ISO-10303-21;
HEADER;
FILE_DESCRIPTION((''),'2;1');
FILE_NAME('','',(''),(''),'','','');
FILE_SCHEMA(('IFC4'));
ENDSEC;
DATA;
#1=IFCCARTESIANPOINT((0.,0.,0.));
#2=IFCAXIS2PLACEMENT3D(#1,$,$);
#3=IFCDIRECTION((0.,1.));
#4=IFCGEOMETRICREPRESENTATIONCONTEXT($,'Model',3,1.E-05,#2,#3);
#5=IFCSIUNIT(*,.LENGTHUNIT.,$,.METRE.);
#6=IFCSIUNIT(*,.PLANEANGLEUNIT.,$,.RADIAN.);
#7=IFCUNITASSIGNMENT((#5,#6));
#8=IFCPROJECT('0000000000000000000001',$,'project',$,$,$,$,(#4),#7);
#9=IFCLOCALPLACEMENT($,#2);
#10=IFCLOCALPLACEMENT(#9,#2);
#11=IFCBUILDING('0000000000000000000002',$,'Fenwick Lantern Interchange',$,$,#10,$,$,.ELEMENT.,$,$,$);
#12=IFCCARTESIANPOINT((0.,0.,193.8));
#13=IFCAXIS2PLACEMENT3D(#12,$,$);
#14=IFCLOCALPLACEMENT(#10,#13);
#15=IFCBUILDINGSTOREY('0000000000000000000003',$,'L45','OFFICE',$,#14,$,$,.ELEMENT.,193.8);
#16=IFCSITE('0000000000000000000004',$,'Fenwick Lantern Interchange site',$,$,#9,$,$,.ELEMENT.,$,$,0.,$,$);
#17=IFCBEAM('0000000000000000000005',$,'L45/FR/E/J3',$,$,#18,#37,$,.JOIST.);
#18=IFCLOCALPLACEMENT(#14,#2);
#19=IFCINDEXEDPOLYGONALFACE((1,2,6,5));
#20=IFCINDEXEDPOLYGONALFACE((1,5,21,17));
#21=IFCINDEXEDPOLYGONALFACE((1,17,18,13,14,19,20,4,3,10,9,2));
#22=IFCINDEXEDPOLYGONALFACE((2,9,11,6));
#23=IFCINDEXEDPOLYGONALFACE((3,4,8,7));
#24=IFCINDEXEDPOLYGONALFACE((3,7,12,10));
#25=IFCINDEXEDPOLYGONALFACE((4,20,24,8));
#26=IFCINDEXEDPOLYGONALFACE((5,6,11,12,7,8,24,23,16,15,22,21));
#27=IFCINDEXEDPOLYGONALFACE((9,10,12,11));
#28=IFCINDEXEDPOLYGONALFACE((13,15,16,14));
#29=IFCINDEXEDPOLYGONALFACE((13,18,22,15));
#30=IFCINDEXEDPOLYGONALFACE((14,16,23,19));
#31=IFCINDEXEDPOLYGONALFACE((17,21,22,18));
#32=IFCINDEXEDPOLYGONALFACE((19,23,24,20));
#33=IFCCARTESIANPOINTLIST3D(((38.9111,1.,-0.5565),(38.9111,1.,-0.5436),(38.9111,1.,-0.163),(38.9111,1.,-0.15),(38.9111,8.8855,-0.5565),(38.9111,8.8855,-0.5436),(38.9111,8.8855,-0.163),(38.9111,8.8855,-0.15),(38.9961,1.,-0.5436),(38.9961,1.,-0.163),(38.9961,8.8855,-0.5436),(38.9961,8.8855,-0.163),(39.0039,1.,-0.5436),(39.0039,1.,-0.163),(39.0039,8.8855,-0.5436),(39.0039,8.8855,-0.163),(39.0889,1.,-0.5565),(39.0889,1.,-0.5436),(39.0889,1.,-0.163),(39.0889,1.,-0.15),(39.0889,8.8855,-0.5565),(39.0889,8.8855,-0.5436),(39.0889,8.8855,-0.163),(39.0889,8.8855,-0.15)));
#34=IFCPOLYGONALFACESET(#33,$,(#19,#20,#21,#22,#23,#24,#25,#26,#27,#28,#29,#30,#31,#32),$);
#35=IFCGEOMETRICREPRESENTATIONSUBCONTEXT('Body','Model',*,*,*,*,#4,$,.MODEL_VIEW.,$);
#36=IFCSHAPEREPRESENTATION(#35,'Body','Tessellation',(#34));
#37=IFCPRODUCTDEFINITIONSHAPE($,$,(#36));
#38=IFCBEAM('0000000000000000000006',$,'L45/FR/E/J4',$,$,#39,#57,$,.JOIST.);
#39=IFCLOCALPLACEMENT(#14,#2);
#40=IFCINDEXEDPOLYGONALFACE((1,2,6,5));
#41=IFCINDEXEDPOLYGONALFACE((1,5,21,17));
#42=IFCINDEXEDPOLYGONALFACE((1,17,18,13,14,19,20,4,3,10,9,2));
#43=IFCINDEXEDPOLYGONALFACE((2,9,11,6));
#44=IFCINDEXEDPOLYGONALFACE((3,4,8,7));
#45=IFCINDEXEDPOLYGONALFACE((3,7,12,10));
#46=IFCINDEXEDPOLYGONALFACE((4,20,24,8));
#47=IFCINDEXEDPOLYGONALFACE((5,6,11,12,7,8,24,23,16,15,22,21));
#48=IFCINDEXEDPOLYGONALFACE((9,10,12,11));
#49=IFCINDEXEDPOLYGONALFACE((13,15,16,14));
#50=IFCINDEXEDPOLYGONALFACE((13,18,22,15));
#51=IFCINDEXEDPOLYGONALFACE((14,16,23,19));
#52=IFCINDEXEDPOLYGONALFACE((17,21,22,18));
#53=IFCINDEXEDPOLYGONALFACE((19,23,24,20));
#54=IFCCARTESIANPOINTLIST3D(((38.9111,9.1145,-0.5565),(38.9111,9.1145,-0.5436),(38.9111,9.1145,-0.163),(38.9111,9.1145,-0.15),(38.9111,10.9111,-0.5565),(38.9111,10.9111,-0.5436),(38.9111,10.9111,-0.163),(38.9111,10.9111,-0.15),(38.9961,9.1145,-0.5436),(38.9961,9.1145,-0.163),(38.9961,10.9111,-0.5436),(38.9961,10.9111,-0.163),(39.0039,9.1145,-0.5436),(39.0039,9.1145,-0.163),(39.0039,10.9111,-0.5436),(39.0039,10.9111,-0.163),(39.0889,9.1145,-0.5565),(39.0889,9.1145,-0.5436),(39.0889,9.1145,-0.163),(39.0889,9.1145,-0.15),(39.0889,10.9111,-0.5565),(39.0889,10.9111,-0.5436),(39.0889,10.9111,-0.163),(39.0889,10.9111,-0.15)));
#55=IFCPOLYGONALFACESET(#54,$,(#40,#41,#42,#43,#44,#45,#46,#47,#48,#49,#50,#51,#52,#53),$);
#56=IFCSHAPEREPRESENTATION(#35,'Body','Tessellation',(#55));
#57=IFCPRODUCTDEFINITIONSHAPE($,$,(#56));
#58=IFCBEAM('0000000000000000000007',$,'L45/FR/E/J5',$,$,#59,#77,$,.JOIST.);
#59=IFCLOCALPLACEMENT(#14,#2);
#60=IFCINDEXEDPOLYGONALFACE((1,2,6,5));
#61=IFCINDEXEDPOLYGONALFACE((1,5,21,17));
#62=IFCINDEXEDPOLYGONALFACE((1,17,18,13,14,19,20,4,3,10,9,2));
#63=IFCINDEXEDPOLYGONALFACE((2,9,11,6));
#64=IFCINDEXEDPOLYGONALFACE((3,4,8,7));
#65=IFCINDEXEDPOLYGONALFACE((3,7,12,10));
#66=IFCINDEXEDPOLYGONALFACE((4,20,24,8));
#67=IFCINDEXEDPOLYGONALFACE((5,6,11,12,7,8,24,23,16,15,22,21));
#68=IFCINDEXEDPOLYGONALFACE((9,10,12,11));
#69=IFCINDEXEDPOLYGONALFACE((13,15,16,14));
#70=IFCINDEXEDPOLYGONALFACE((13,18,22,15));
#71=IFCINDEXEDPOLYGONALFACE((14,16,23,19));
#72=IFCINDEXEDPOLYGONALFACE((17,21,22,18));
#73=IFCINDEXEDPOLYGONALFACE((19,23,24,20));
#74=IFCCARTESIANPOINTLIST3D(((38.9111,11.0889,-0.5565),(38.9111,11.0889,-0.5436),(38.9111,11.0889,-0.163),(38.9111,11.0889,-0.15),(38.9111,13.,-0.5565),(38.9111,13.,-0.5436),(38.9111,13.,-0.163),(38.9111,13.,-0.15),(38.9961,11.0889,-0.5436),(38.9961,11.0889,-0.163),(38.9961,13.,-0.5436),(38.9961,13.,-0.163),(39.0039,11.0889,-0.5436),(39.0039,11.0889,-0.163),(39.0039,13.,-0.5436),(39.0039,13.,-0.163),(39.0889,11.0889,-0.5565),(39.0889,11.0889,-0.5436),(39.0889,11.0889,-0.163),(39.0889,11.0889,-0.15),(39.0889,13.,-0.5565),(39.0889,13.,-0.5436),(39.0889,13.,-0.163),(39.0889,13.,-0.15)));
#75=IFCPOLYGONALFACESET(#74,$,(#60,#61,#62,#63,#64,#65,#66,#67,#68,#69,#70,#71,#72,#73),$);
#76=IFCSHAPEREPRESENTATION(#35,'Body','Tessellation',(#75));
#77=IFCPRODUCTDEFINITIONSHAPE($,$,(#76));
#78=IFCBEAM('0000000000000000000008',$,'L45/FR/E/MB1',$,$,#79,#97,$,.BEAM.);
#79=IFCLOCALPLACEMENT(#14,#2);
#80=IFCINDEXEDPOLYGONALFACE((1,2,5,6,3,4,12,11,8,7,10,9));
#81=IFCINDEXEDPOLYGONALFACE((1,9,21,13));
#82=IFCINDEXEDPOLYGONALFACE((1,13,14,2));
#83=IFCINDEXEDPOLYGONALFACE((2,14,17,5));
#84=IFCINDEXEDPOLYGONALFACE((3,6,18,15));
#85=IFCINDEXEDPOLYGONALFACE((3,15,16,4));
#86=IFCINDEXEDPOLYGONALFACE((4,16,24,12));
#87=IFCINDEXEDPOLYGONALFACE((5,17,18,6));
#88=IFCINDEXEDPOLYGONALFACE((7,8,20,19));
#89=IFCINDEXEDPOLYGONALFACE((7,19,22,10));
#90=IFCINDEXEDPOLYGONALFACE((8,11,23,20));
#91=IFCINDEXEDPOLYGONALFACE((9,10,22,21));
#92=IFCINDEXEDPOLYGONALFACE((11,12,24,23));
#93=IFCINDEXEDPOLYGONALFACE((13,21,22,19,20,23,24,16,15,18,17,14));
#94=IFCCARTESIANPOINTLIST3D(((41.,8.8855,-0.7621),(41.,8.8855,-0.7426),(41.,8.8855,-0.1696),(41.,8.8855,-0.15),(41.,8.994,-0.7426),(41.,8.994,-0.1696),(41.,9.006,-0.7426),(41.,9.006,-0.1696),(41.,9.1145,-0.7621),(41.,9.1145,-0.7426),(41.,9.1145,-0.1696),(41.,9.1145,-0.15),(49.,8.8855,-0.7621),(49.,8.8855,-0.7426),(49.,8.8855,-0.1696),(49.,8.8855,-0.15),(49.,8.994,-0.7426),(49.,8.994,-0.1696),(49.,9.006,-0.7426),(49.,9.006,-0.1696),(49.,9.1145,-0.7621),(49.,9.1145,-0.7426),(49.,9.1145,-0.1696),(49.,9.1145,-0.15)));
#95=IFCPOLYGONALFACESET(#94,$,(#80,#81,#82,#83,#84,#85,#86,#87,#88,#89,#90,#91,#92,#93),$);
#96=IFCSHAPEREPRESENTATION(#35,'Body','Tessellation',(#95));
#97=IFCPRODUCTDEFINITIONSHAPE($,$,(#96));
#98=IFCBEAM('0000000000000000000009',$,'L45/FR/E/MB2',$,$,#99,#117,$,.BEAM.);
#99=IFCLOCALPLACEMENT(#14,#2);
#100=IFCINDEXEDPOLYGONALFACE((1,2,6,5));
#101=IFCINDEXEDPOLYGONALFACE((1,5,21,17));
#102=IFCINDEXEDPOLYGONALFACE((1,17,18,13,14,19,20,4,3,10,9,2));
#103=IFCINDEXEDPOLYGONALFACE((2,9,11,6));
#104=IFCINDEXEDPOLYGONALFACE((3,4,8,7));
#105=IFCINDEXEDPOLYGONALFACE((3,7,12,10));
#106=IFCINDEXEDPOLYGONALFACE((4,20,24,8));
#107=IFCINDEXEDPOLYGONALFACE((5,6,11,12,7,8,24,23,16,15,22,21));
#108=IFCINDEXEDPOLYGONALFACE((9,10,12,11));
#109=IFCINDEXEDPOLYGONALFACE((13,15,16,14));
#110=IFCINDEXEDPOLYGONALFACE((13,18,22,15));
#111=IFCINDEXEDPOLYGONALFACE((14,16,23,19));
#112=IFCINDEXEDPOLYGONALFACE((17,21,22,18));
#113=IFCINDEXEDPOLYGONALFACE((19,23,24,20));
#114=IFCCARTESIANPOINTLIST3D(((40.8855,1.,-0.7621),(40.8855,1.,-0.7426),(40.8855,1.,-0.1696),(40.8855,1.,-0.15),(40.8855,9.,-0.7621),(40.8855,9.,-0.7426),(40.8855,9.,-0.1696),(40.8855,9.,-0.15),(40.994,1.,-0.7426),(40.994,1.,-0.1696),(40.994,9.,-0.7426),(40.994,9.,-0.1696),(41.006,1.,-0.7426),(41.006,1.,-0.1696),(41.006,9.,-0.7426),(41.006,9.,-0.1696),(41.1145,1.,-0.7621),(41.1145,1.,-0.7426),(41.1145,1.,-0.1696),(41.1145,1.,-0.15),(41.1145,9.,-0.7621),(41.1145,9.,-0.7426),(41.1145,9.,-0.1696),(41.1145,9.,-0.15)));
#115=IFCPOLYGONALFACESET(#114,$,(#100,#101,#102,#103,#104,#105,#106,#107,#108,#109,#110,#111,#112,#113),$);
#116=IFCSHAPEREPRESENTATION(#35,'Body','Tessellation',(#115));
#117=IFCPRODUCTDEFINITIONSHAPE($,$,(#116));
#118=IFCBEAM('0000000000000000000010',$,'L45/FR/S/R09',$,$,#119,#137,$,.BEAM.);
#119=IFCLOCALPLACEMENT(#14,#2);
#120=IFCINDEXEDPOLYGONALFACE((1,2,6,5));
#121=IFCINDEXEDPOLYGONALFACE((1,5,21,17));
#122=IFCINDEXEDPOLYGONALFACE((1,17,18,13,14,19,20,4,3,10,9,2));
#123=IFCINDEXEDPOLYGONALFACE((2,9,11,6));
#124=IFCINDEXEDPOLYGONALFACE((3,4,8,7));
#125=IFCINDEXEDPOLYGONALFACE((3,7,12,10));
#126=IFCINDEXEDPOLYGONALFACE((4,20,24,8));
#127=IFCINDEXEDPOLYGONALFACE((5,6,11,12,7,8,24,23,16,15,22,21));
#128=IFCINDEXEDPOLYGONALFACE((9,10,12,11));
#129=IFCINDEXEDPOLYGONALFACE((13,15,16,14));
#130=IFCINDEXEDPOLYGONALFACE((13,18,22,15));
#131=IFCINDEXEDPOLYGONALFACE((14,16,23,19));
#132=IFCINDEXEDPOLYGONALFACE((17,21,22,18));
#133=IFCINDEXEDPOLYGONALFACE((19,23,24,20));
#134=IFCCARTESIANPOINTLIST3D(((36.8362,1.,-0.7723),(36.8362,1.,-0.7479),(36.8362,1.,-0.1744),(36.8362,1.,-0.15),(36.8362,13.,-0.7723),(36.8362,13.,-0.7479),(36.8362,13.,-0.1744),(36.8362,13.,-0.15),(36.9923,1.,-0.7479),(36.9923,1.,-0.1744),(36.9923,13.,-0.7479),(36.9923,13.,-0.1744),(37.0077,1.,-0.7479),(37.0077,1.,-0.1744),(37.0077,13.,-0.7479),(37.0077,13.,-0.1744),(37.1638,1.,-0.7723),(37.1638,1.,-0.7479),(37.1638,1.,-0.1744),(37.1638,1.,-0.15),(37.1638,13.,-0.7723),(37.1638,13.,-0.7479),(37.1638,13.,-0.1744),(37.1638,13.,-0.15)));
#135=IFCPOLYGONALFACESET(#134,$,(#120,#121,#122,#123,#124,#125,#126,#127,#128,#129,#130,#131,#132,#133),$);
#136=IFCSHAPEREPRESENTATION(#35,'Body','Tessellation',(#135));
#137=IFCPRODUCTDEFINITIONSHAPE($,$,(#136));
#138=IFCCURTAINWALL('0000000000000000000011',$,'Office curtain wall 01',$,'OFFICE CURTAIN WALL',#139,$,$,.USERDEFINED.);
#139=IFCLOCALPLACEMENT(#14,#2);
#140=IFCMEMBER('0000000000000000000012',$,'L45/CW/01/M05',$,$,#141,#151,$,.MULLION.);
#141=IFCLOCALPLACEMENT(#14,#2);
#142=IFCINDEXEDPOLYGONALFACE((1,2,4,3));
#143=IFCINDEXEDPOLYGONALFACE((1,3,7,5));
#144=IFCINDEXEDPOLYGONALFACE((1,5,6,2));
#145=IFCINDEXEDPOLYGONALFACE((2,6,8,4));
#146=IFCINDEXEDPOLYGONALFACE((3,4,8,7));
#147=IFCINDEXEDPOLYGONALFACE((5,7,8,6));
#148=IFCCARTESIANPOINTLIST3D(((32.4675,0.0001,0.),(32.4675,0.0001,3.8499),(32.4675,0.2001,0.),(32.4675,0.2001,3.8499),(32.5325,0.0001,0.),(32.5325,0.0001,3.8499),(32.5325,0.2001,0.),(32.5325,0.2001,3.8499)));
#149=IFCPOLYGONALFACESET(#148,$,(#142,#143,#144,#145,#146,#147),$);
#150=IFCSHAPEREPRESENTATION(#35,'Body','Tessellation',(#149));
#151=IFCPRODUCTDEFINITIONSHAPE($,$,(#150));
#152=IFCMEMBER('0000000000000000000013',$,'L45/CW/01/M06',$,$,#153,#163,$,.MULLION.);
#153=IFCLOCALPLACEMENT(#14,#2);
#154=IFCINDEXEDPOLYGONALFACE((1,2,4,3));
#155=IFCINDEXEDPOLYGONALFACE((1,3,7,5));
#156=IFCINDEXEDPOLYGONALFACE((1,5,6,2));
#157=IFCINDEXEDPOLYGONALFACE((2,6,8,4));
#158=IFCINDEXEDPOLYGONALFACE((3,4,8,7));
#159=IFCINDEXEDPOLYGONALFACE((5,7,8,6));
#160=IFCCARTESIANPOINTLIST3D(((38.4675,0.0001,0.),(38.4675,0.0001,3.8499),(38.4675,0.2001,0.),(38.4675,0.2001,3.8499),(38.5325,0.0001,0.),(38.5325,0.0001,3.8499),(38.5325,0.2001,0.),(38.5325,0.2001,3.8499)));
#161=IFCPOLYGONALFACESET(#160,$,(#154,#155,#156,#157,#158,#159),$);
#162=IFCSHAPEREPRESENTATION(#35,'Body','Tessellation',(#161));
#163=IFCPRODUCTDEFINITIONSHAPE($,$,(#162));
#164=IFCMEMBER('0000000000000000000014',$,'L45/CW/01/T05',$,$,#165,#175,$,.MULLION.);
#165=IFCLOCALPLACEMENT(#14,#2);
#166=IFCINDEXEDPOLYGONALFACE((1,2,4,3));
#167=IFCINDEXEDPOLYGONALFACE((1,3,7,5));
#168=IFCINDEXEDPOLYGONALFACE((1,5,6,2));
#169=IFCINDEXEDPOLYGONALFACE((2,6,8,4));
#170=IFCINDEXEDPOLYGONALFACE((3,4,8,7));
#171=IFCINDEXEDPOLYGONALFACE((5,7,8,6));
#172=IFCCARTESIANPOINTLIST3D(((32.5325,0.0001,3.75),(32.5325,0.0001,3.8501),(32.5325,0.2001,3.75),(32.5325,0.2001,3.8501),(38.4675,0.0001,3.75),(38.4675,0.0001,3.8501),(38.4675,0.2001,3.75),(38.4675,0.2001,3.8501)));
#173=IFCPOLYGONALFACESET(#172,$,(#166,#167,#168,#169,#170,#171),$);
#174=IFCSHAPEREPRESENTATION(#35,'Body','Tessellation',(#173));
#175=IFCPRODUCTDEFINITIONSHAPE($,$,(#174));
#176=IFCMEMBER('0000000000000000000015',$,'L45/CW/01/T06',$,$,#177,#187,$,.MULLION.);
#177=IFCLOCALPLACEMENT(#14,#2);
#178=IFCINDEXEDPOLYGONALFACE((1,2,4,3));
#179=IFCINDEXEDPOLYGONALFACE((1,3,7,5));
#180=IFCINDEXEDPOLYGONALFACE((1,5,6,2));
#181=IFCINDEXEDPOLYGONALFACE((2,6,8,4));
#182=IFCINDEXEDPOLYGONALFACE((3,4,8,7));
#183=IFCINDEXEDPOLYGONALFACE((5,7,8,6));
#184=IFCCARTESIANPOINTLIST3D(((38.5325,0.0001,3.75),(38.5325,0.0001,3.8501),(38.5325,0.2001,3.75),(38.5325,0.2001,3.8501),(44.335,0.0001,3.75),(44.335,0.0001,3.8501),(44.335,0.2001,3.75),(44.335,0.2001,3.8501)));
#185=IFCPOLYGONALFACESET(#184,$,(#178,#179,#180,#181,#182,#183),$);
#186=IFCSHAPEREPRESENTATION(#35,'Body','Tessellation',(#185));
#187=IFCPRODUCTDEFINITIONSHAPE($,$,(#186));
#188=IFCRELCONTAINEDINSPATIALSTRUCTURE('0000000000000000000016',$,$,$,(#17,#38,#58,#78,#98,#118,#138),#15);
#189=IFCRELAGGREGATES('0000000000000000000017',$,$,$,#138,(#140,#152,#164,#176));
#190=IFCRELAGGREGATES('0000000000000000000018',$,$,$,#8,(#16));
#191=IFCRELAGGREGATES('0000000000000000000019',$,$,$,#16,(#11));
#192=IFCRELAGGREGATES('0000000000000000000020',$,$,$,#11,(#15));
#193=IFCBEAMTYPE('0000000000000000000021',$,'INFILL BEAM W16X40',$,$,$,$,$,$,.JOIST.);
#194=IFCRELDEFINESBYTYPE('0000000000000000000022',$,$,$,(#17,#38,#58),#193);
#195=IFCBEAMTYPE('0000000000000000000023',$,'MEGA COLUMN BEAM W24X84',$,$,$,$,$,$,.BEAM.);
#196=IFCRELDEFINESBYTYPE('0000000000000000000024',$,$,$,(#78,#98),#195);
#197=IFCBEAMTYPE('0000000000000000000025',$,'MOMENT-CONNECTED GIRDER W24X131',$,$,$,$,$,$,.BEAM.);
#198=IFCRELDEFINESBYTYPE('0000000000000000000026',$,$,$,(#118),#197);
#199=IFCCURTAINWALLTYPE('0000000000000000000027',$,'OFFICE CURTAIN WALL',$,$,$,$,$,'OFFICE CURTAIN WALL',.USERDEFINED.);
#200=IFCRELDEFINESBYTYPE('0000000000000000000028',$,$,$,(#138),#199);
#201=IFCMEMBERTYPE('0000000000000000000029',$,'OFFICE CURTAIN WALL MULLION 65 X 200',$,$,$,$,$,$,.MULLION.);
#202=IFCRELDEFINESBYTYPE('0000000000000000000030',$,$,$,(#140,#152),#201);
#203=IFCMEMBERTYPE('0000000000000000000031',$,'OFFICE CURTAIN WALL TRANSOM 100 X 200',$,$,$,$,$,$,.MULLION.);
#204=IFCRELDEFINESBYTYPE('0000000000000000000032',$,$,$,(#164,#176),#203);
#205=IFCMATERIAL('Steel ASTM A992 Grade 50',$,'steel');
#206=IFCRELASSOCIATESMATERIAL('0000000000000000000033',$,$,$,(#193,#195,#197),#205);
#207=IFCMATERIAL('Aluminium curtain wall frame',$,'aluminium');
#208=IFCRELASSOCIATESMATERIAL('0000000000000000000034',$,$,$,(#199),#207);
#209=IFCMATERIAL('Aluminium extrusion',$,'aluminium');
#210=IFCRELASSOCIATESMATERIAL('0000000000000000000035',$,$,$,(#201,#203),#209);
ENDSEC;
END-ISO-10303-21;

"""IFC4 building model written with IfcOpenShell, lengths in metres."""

from ifc_helpers import new_model, si_unit, direction, frame, origin, origin_2d, place, context, subcontext, project, spatial, rectangle, i_section, extrude, material, material_profile, profile_set, type_object, element, aggregate, save


model = new_model("IFC4")

# Units and contexts
model_context = context("Model", 3, precision=1e-05, world=origin(), true_north=direction((0.0, 1.0)))
body_context = subcontext(model_context, "Body", "Model", "MODEL_VIEW")
ifc_project = project(units=[si_unit("LENGTHUNIT", "METRE"), si_unit("PLANEANGLEUNIT", "RADIAN")], contexts=[model_context])

# Site, building, storey
site_placement = place(None, origin())
site = spatial("IfcSite", under=ifc_project, at=site_placement, Name="Fenwick Lantern Interchange site", CompositionType="ELEMENT", RefElevation=0.0)
building_placement = place(site_placement, origin())
building = spatial("IfcBuilding", under=site, at=building_placement, Name="Fenwick Lantern Interchange", CompositionType="ELEMENT")
storey_placement = place(building_placement, frame((0.0, 0.0, 193.8)))
storey = spatial("IfcBuildingStorey", under=building, at=storey_placement, Name="L45", Description="OFFICE", CompositionType="ELEMENT", Elevation=193.8)

# Beams
ifc_material_1 = material(Name="Steel ASTM A992 Grade 50", Category="steel")
ifc_material_profile_1 = material_profile(ifc_material_1, i_section(OverallWidth=0.1777, OverallDepth=0.4065, WebThickness=0.0078, FlangeThickness=0.0129, at=origin_2d()), Name="W16X40")
ifc_profile_set_1 = profile_set([ifc_material_profile_1], Name="Steel ASTM A992 Grade 50")
beam_type_1 = type_object("IfcBeamType", Name="INFILL BEAM W16X40", PredefinedType="JOIST", material=ifc_profile_set_1)
beam_1_placement = place(storey_placement, frame((39.0, 1.0, -0.3533), z_axis=(0.0, 1.0, 0.0), x_axis=(-1.0, 0.0, 0.0)))
element("IfcBeam", 1, at=beam_1_placement, inside=storey, type_object=beam_type_1, Name="L45/FR/E/J3", PredefinedType="JOIST", context=body_context, shape_type="SweptSolid", body=[
    extrude(i_section(OverallWidth=0.1777, OverallDepth=0.4065, WebThickness=0.0078, FlangeThickness=0.0129, at=origin_2d()), origin(), (0.0, 0.0, 1.0), 7.8855),
])
beam_2_placement = place(storey_placement, frame((39.0, 9.1145, -0.3533), z_axis=(0.0, 1.0, 0.0), x_axis=(-1.0, 0.0, 0.0)))
element("IfcBeam", 2, at=beam_2_placement, inside=storey, type_object=beam_type_1, Name="L45/FR/E/J4", PredefinedType="JOIST", context=body_context, shape_type="SweptSolid", body=[
    extrude(i_section(OverallWidth=0.1777, OverallDepth=0.4065, WebThickness=0.0078, FlangeThickness=0.0129, at=origin_2d()), origin(), (0.0, 0.0, 1.0), 1.7966),
])
beam_3_placement = place(storey_placement, frame((39.0, 11.0889, -0.3533), z_axis=(0.0, 1.0, 0.0), x_axis=(-1.0, 0.0, 0.0)))
element("IfcBeam", 3, at=beam_3_placement, inside=storey, type_object=beam_type_1, Name="L45/FR/E/J5", PredefinedType="JOIST", context=body_context, shape_type="SweptSolid", body=[
    extrude(i_section(OverallWidth=0.1777, OverallDepth=0.4065, WebThickness=0.0078, FlangeThickness=0.0129, at=origin_2d()), origin(), (0.0, 0.0, 1.0), 1.9111),
])
ifc_material_profile_2 = material_profile(ifc_material_1, i_section(OverallWidth=0.229, OverallDepth=0.6121, WebThickness=0.012, FlangeThickness=0.0195, at=origin_2d()), Name="W24X84")
ifc_profile_set_2 = profile_set([ifc_material_profile_2], Name="Steel ASTM A992 Grade 50")
beam_type_2 = type_object("IfcBeamType", Name="MEGA COLUMN BEAM W24X84", PredefinedType="BEAM", material=ifc_profile_set_2)
for number, where, z_axis, x_axis, name in (
    (4, (41.0, 9.0, -0.4561), (1.0, 0.0, 0.0), (0.0, 1.0, 0.0), "L45/FR/E/MB1"),
    (5, (41.0, 9.0, -0.4561), (0.0, -1.0, 0.0), (1.0, 0.0, 0.0), "L45/FR/E/MB2"),
):
    element("IfcBeam", number, at=place(storey_placement, frame(where, z_axis=z_axis, x_axis=x_axis)), inside=storey, type_object=beam_type_2, Name=name, PredefinedType="BEAM", context=body_context, shape_type="SweptSolid", body=[
        extrude(i_section(OverallWidth=0.229, OverallDepth=0.6121, WebThickness=0.012, FlangeThickness=0.0195, at=origin_2d()), origin(), (0.0, 0.0, 1.0), 8.0),
    ])
ifc_material_profile_3 = material_profile(ifc_material_1, i_section(OverallWidth=0.3276, OverallDepth=0.6223, WebThickness=0.0154, FlangeThickness=0.0244, at=origin_2d()), Name="W24X131")
ifc_profile_set_3 = profile_set([ifc_material_profile_3], Name="Steel ASTM A992 Grade 50")
beam_type_3 = type_object("IfcBeamType", Name="MOMENT-CONNECTED GIRDER W24X131", PredefinedType="BEAM", material=ifc_profile_set_3)
beam_4_placement = place(storey_placement, frame((37.0, 1.0, -0.4612), z_axis=(0.0, 1.0, 0.0), x_axis=(-1.0, 0.0, 0.0)))
element("IfcBeam", 6, at=beam_4_placement, inside=storey, type_object=beam_type_3, Name="L45/FR/S/R09", PredefinedType="BEAM", context=body_context, shape_type="SweptSolid", body=[
    extrude(i_section(OverallWidth=0.3276, OverallDepth=0.6223, WebThickness=0.0154, FlangeThickness=0.0244, at=origin_2d()), origin(), (0.0, 0.0, 1.0), 12.0),
])

# Curtain wall, members
ifc_material_2 = material(Name="Aluminium curtain wall frame", Category="aluminium")
curtain_wall_type = type_object("IfcCurtainWallType", Name="OFFICE CURTAIN WALL", ElementType="OFFICE CURTAIN WALL", PredefinedType="USERDEFINED", material=ifc_material_2)
curtain_wall_placement = place(storey_placement, origin())
curtain_wall = element("IfcCurtainWall", 7, at=curtain_wall_placement, inside=storey, type_object=curtain_wall_type, Name="Office curtain wall 01", ObjectType="OFFICE CURTAIN WALL", PredefinedType="USERDEFINED")
ifc_material_3 = material(Name="Aluminium extrusion", Category="aluminium")
ifc_material_profile_4 = material_profile(ifc_material_3, rectangle(XDim=0.2, YDim=0.0649, at=origin_2d()), Name="OFFICE CURTAIN WALL MULLION 65 X 200")
ifc_profile_set_4 = profile_set([ifc_material_profile_4], Name="Aluminium extrusion")
member_type_1 = type_object("IfcMemberType", Name="OFFICE CURTAIN WALL MULLION 65 X 200", PredefinedType="MULLION", material=ifc_profile_set_4)
member_1_placement = place(storey_placement, frame((32.5, 0.1001, 0.0), z_axis=(0.0, 0.0, 1.0), x_axis=(0.0, 1.0, 0.0)))
member_1 = element("IfcMember", 8, at=member_1_placement, type_object=member_type_1, Name="L45/CW/01/M05", PredefinedType="MULLION", context=body_context, shape_type="SweptSolid", body=[
    extrude(rectangle(XDim=0.2, YDim=0.0649, at=origin_2d()), origin(), (0.0, 0.0, 1.0), 3.8499),
])
member_2_placement = place(storey_placement, frame((38.5, 0.1001, 0.0), z_axis=(0.0, 0.0, 1.0), x_axis=(0.0, 1.0, 0.0)))
member_2 = element("IfcMember", 9, at=member_2_placement, type_object=member_type_1, Name="L45/CW/01/M06", PredefinedType="MULLION", context=body_context, shape_type="SweptSolid", body=[
    extrude(rectangle(XDim=0.2, YDim=0.0649, at=origin_2d()), origin(), (0.0, 0.0, 1.0), 3.8499),
])
ifc_material_profile_5 = material_profile(ifc_material_3, rectangle(XDim=0.2, YDim=0.1001, at=origin_2d()), Name="OFFICE CURTAIN WALL TRANSOM 100 X 200")
ifc_profile_set_5 = profile_set([ifc_material_profile_5], Name="Aluminium extrusion")
member_type_2 = type_object("IfcMemberType", Name="OFFICE CURTAIN WALL TRANSOM 100 X 200", PredefinedType="MULLION", material=ifc_profile_set_5)
member_3_placement = place(storey_placement, frame((32.5325, 0.1001, 3.8), z_axis=(1.0, 0.0, 0.0), x_axis=(0.0, 1.0, 0.0)))
member_3 = element("IfcMember", 10, at=member_3_placement, type_object=member_type_2, Name="L45/CW/01/T05", PredefinedType="MULLION", context=body_context, shape_type="SweptSolid", body=[
    extrude(rectangle(XDim=0.2, YDim=0.1001, at=origin_2d()), origin(), (0.0, 0.0, 1.0), 5.9351),
])
member_4_placement = place(storey_placement, frame((38.5325, 0.1001, 3.8), z_axis=(1.0, 0.0, 0.0), x_axis=(0.0, 1.0, 0.0)))
member_4 = element("IfcMember", 11, at=member_4_placement, type_object=member_type_2, Name="L45/CW/01/T06", PredefinedType="MULLION", context=body_context, shape_type="SweptSolid", body=[
    extrude(rectangle(XDim=0.2, YDim=0.1001, at=origin_2d()), origin(), (0.0, 0.0, 1.0), 5.8025),
])
aggregate(curtain_wall, [member_1, member_2, member_3, member_4])

save(model, "model.ifc")
